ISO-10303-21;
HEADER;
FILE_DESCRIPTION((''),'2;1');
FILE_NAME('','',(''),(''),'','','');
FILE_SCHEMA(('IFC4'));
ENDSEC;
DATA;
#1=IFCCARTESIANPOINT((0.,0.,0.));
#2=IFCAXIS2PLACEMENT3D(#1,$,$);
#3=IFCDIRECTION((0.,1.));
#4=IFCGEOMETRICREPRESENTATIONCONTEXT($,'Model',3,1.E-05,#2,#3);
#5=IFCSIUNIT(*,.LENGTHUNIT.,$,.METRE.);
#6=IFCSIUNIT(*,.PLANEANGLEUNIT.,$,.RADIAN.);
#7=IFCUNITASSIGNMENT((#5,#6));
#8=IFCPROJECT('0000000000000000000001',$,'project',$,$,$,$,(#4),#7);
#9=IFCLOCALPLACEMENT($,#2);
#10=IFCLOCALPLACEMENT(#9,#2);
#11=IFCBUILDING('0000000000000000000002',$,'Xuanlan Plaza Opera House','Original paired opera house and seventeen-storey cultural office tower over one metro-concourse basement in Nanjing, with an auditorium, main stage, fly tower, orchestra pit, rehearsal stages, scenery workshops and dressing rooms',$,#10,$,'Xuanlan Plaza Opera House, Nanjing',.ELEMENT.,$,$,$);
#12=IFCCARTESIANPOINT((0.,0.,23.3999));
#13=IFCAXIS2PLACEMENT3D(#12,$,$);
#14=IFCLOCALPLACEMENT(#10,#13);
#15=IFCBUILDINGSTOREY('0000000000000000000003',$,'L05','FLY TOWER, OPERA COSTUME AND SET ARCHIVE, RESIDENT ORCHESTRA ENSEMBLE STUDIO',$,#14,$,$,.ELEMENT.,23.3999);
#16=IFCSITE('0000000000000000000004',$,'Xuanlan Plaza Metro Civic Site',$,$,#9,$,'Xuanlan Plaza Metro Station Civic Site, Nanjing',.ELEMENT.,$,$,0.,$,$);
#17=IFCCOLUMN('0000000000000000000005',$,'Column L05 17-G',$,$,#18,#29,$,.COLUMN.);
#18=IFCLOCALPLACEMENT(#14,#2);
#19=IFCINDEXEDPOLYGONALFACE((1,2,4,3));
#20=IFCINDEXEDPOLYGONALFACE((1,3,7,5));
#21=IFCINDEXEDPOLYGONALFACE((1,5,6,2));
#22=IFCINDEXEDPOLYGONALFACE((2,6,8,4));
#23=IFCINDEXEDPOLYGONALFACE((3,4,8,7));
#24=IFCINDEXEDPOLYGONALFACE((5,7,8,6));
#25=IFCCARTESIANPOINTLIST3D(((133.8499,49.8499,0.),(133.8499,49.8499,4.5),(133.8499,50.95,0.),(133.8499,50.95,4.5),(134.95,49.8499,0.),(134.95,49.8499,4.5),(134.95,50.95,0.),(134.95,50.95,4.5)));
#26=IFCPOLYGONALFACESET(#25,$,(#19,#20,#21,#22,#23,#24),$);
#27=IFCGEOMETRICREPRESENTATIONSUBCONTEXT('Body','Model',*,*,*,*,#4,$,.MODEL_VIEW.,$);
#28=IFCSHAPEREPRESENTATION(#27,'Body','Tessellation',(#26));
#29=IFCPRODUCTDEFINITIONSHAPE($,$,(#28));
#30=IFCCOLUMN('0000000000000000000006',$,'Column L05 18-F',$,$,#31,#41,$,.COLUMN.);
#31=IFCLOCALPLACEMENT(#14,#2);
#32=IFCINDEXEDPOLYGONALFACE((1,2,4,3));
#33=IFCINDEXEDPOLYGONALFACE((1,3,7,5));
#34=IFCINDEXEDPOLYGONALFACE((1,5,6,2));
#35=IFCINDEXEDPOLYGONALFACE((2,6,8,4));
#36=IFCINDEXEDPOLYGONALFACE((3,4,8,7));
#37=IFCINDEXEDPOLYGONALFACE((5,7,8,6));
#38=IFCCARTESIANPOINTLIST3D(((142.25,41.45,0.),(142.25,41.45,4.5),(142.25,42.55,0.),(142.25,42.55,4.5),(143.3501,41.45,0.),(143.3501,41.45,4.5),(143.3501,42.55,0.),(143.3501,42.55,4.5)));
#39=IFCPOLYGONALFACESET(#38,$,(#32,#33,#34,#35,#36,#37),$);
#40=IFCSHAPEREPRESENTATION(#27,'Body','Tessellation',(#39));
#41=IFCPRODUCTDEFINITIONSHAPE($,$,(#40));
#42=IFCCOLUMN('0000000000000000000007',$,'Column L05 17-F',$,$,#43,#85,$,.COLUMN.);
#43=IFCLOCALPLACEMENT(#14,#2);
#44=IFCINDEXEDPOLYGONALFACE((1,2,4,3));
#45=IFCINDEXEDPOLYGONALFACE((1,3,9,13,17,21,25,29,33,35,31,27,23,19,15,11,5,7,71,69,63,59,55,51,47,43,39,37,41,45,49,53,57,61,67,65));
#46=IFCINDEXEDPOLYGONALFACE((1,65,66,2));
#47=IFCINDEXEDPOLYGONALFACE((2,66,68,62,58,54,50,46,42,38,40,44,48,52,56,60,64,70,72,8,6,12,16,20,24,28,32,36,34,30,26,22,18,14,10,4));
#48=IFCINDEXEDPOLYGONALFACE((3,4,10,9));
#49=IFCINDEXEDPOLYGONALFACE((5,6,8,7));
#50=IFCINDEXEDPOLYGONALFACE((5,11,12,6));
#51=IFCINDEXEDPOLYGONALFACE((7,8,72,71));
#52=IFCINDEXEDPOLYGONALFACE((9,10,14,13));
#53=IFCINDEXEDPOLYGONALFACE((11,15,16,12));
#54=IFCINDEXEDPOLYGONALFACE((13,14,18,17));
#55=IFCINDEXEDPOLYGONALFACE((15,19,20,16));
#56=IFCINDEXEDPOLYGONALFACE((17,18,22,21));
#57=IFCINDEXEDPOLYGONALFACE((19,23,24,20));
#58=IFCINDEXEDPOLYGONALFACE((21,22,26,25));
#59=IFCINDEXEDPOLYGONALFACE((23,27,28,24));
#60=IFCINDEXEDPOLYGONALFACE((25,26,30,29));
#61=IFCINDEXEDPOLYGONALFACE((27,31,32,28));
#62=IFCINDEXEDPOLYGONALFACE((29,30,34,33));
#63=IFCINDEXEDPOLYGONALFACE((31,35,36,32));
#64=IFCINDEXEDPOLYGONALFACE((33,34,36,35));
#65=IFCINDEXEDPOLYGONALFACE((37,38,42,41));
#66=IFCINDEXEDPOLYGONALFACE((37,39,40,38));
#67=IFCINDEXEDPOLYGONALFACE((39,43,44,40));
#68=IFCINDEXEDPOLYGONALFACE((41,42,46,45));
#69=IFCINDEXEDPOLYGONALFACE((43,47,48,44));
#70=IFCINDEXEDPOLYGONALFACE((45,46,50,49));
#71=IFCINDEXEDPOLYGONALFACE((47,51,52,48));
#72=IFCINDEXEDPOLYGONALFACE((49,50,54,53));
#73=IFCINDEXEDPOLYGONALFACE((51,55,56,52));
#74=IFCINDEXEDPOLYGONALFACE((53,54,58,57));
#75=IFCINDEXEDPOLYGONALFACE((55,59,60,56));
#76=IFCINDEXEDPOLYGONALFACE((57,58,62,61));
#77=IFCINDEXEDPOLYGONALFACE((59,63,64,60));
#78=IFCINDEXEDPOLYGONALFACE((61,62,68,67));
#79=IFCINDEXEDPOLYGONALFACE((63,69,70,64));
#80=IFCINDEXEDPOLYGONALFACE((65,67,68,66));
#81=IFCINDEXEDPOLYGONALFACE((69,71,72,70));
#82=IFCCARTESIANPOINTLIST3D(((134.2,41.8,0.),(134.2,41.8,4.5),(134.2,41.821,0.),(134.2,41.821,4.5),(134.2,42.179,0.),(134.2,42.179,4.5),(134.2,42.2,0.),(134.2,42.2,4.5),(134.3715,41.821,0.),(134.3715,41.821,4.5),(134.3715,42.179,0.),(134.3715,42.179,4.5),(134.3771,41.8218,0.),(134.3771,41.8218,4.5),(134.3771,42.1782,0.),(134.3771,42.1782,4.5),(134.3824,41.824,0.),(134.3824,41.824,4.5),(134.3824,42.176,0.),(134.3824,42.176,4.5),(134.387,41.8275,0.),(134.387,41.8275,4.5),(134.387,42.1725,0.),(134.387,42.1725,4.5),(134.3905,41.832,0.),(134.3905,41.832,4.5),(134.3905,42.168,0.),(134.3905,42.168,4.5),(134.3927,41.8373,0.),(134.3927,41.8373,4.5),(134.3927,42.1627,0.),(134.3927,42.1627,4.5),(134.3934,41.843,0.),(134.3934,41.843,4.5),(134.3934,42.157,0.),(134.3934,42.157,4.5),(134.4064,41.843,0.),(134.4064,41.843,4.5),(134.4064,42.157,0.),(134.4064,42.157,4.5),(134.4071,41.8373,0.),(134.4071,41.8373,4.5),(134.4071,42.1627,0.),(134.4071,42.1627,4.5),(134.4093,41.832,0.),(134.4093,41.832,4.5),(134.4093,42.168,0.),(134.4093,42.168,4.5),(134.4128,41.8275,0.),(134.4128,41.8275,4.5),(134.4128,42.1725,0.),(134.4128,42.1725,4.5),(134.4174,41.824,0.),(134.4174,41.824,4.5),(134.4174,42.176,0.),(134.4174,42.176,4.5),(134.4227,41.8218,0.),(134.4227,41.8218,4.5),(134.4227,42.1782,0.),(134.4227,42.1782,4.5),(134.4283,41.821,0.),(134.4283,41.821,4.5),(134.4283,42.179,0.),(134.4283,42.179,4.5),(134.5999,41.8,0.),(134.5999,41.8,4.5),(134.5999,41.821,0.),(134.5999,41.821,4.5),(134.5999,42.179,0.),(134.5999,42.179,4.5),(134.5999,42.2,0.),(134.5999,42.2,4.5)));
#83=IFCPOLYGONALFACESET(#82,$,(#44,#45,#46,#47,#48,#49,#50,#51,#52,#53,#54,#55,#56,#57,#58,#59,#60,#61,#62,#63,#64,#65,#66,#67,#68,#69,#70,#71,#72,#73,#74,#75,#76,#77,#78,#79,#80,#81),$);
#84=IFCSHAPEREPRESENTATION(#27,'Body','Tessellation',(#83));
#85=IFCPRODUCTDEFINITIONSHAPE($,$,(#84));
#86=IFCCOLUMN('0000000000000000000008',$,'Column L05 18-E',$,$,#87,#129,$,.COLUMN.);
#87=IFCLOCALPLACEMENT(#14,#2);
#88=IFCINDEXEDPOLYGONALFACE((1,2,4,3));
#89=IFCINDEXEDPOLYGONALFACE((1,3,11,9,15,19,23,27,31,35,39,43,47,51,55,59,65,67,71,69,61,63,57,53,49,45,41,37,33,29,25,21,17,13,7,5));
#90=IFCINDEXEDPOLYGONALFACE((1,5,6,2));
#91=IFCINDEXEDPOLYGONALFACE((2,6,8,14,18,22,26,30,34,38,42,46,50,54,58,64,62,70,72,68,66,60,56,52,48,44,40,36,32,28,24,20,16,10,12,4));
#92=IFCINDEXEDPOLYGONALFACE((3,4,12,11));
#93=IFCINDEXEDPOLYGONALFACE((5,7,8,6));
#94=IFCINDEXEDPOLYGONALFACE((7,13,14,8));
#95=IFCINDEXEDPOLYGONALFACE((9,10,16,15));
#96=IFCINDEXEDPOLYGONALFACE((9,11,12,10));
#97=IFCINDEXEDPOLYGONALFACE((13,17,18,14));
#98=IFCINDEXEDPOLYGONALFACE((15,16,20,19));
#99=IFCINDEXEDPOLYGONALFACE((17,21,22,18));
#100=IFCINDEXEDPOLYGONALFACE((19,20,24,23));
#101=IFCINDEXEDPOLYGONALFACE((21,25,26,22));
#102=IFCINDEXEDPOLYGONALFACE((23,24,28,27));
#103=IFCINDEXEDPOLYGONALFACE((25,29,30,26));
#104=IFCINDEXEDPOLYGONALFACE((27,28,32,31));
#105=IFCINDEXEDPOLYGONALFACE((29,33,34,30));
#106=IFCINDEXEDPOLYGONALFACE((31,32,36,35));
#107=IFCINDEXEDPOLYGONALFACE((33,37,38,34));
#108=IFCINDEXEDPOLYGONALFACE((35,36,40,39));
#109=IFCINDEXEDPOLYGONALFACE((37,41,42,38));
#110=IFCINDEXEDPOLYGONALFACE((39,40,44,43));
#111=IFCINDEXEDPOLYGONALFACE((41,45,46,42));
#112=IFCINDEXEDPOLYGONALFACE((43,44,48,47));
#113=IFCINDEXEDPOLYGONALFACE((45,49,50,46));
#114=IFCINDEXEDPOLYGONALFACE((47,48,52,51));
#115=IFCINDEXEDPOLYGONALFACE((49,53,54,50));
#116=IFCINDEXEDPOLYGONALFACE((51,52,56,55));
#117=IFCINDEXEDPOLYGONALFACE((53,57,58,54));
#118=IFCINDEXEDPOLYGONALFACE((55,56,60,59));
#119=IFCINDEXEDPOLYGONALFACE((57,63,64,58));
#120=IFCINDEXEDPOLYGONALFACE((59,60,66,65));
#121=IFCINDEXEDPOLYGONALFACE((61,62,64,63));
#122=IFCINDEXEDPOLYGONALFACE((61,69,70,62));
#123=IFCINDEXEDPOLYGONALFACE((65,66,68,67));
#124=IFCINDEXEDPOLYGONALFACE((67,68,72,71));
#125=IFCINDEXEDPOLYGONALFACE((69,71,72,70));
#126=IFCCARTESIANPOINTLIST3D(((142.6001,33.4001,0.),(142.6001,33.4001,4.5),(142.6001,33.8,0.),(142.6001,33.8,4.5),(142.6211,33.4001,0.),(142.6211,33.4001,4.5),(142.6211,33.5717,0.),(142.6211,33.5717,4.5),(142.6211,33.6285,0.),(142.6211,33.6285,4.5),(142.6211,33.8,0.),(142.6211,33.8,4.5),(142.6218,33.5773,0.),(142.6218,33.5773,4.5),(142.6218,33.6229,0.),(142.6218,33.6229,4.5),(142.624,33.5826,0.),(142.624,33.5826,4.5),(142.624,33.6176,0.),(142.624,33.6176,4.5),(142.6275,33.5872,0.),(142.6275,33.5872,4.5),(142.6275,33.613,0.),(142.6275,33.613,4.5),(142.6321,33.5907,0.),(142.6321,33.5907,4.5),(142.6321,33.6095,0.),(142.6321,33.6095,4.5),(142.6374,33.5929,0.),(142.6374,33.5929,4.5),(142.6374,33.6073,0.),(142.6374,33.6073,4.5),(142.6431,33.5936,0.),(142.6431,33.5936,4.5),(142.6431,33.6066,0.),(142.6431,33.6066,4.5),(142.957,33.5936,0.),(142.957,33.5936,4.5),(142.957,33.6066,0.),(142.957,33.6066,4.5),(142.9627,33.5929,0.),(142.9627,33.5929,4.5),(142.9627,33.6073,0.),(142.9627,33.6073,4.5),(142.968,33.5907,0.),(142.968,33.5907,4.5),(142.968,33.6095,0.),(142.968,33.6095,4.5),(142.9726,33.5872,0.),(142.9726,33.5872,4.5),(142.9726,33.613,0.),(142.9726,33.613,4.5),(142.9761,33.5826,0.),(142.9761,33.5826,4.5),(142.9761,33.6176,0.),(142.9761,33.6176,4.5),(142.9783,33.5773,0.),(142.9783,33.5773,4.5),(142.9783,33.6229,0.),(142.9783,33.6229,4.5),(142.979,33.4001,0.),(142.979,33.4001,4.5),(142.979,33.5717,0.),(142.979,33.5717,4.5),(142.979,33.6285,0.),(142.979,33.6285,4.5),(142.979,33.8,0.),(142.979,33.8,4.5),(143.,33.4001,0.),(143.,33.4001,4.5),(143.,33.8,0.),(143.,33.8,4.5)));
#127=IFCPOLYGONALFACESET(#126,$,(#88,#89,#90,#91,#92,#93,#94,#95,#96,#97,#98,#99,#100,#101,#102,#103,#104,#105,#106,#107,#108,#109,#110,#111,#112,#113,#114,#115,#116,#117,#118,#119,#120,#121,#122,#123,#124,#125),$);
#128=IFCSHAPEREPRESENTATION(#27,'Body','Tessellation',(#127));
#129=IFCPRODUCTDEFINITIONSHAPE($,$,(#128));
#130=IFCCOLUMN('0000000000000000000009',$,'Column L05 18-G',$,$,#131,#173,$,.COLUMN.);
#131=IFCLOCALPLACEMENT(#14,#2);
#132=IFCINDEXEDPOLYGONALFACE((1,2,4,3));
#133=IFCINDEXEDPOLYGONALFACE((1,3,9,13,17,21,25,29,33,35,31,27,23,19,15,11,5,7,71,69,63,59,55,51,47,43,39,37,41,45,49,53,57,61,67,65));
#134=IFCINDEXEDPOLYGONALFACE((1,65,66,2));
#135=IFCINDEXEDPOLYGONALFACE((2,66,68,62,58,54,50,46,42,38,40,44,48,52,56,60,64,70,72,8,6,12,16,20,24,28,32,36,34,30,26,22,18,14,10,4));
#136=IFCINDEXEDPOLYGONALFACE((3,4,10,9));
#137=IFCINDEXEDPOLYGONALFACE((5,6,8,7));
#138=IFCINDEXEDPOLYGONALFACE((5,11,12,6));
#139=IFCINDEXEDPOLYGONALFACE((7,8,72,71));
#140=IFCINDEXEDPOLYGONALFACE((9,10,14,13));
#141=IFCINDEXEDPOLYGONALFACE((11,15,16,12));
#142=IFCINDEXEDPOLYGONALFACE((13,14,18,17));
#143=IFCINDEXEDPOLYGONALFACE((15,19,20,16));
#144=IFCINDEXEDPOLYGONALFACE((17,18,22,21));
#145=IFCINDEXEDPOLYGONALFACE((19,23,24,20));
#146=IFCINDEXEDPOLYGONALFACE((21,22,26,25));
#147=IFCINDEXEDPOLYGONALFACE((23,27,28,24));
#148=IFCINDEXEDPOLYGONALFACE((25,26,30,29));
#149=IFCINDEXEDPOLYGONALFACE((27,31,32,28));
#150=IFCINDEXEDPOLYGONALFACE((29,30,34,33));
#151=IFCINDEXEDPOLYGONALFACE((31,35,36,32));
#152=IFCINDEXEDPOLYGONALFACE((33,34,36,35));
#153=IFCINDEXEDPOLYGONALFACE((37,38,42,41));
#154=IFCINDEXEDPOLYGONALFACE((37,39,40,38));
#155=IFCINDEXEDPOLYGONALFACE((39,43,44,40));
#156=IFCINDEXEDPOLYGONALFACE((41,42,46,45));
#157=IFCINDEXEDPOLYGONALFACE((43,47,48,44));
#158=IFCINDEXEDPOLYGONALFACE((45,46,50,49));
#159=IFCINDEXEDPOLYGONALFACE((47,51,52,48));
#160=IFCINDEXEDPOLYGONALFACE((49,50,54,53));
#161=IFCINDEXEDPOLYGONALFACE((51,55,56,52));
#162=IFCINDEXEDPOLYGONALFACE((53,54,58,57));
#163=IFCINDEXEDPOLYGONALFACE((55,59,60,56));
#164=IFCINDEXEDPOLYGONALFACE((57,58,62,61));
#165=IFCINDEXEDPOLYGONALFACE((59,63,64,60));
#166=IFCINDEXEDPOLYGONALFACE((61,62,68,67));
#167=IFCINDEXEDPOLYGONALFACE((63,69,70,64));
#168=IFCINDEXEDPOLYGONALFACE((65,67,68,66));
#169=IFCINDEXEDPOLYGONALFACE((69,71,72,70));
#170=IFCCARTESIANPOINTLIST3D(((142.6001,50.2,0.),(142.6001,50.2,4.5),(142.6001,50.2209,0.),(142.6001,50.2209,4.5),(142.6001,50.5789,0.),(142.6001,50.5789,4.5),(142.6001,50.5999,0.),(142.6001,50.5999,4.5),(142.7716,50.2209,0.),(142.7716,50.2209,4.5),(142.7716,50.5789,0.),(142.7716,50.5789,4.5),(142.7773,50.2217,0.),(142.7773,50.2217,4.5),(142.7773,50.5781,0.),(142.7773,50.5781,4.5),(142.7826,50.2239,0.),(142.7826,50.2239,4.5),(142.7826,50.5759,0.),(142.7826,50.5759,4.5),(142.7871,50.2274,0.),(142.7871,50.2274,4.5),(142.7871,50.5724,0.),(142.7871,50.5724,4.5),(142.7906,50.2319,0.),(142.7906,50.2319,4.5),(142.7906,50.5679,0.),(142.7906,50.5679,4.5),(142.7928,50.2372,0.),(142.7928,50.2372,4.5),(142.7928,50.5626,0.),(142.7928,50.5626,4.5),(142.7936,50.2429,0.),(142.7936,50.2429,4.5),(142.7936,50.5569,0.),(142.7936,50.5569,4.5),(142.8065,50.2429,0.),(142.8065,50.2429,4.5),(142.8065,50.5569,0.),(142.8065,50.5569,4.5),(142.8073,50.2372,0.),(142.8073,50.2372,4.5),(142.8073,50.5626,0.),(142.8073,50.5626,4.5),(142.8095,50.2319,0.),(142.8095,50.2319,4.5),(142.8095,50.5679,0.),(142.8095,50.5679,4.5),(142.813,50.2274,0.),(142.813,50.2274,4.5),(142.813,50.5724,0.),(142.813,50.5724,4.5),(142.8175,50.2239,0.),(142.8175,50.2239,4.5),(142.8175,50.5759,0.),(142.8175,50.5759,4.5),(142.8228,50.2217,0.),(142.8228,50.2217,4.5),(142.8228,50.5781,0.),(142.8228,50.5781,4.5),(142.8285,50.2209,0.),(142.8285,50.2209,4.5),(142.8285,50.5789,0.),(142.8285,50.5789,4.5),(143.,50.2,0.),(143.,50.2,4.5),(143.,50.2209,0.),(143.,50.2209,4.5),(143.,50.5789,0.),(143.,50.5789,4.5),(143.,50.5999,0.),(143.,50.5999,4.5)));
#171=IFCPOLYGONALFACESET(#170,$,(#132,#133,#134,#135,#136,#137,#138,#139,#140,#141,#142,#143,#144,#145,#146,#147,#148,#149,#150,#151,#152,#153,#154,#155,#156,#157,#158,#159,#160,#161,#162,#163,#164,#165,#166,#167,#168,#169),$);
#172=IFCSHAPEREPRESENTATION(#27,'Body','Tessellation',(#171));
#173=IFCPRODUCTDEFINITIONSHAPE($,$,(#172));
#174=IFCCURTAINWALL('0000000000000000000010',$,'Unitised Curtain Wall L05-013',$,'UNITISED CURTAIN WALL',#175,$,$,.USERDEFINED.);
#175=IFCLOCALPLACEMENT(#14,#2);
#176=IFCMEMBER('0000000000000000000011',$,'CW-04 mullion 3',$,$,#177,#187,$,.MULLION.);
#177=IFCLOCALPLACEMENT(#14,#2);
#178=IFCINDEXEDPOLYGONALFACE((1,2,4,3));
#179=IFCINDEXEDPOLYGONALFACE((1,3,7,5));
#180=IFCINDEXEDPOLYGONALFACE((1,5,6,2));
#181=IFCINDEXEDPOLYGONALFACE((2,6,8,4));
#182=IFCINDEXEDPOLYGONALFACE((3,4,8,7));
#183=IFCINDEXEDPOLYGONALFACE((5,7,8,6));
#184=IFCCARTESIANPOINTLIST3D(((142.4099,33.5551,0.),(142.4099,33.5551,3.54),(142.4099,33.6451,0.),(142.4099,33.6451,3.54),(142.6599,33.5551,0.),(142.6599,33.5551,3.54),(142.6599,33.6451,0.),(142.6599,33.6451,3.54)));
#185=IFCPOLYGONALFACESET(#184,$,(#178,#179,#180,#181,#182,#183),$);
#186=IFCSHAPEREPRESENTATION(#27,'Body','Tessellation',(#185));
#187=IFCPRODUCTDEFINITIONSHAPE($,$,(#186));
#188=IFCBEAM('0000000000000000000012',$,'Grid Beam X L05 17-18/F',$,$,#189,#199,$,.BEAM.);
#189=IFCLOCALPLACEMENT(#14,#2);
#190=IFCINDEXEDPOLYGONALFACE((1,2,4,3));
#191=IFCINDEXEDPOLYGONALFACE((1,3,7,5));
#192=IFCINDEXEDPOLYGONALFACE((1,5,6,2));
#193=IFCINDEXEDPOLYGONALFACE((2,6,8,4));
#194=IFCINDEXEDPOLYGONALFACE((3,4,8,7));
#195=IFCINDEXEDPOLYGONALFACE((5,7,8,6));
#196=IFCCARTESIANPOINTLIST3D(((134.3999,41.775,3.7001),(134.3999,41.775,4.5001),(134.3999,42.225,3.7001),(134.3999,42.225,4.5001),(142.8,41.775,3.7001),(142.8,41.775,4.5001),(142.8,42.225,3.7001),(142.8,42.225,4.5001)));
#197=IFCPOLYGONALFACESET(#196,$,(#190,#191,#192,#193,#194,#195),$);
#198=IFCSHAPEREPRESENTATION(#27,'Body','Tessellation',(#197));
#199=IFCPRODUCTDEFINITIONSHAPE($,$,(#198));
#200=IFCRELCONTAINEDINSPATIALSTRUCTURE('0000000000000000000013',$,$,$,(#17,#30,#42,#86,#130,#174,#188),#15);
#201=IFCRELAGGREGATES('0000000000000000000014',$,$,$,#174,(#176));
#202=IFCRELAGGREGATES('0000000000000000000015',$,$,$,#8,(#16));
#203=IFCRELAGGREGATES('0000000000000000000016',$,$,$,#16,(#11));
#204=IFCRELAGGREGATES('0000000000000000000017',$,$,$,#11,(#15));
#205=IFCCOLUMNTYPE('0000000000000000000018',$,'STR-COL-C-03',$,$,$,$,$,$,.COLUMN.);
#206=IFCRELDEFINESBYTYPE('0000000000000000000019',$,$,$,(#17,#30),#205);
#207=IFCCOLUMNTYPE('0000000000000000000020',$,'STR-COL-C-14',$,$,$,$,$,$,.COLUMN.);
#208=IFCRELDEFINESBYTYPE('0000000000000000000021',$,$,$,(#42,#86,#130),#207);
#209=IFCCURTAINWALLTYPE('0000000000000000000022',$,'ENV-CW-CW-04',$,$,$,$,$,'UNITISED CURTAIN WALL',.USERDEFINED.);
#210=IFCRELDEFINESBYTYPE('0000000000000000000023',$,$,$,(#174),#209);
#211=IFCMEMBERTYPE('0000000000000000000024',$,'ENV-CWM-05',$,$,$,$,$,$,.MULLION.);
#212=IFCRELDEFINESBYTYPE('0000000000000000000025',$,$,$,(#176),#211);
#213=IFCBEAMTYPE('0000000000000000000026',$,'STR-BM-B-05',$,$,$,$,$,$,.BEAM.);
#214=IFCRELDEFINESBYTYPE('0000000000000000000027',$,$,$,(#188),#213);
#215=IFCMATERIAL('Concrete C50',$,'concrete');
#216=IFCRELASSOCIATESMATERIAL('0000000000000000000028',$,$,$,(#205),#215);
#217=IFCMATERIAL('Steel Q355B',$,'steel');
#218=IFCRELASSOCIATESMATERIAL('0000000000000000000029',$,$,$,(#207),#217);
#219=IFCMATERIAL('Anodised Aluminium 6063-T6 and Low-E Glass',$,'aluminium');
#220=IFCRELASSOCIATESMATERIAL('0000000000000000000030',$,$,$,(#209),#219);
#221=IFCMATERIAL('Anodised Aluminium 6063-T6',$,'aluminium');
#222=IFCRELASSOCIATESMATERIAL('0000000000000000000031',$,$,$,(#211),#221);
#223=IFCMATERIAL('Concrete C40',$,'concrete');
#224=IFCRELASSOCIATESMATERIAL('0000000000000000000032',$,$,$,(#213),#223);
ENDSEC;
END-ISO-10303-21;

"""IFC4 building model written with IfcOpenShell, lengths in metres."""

from ifc_helpers import new_model, si_unit, direction, frame, origin, origin_2d, place, context, subcontext, project, spatial, rectangle, i_section, extrude, material, material_profile, profile_set, type_object, element, aggregate, save


model = new_model("IFC4")

# Units and contexts
model_context = context("Model", 3, precision=1e-05, world=origin(), true_north=direction((0.0, 1.0)))
body_context = subcontext(model_context, "Body", "Model", "MODEL_VIEW")
ifc_project = project(units=[si_unit("LENGTHUNIT", "METRE"), si_unit("PLANEANGLEUNIT", "RADIAN")], contexts=[model_context])

# Site, building, storey
site_placement = place(None, origin())
site = spatial("IfcSite", under=ifc_project, at=site_placement, Name="Xuanlan Plaza Metro Civic Site", LongName="Xuanlan Plaza Metro Station Civic Site, Nanjing", CompositionType="ELEMENT", RefElevation=0.0)
building_placement = place(site_placement, origin())
building = spatial("IfcBuilding", under=site, at=building_placement, Name="Xuanlan Plaza Opera House", Description="Original paired opera house and seventeen-storey cultural office tower over one metro-concourse basement in Nanjing, with an auditorium, main stage, fly tower, orchestra pit, rehearsal stages, scenery workshops and dressing rooms", LongName="Xuanlan Plaza Opera House, Nanjing", CompositionType="ELEMENT")
storey_placement = place(building_placement, frame((0.0, 0.0, 23.3999)))
storey = spatial("IfcBuildingStorey", under=building, at=storey_placement, Name="L05", Description="FLY TOWER, OPERA COSTUME AND SET ARCHIVE, RESIDENT ORCHESTRA ENSEMBLE STUDIO", CompositionType="ELEMENT", Elevation=23.3999)

# Columns
ifc_material_1 = material(Name="Concrete C50", Category="concrete")
ifc_material_profile_1 = material_profile(ifc_material_1, rectangle(XDim=1.1001, YDim=1.1001, at=origin_2d()), Name="RC-COL 1100x1100")
ifc_profile_set_1 = profile_set([ifc_material_profile_1], Name="Concrete C50")
column_type_1 = type_object("IfcColumnType", Name="STR-COL-C-03", PredefinedType="COLUMN", material=ifc_profile_set_1)
for number, where, z_axis, x_axis, name in (
    (1, (134.3999, 50.3999, 0.0), (0.0, 0.0, 1.0), (1.0, 0.0, 0.0), "Column L05 17-G"),
    (2, (142.8, 42.0, 0.0), (0.0, 0.0, 1.0), (1.0, 0.0, 0.0), "Column L05 18-F"),
):
    element("IfcColumn", number, at=place(storey_placement, frame(where, z_axis=z_axis, x_axis=x_axis)), inside=storey, type_object=column_type_1, Name=name, PredefinedType="COLUMN", context=body_context, shape_type="SweptSolid", body=[
        extrude(rectangle(XDim=1.1001, YDim=1.1001, at=origin_2d()), origin(), (0.0, 0.0, 1.0), 4.5),
    ])
ifc_material_2 = material(Name="Steel Q355B", Category="steel")
ifc_material_profile_2 = material_profile(ifc_material_2, i_section(OverallWidth=0.3999, OverallDepth=0.3999, WebThickness=0.0129, FlangeThickness=0.021, FilletRadius=0.022, at=origin_2d()), Name="HW 400x400x13x21")
ifc_profile_set_2 = profile_set([ifc_material_profile_2], Name="Steel Q355B")
column_type_2 = type_object("IfcColumnType", Name="STR-COL-C-14", PredefinedType="COLUMN", material=ifc_profile_set_2)
for number, where, z_axis, x_axis, name in (
    (3, (134.3999, 42.0, 0.0), (0.0, 0.0, 1.0), (1.0, 0.0, 0.0), "Column L05 17-F"),
    (4, (142.8, 33.6001, 0.0), (0.0, 0.0, 1.0), (0.0, 1.0, 0.0), "Column L05 18-E"),
    (5, (142.8, 50.3999, 0.0), (0.0, 0.0, 1.0), (1.0, 0.0, 0.0), "Column L05 18-G"),
):
    element("IfcColumn", number, at=place(storey_placement, frame(where, z_axis=z_axis, x_axis=x_axis)), inside=storey, type_object=column_type_2, Name=name, PredefinedType="COLUMN", context=body_context, shape_type="SweptSolid", body=[
        extrude(i_section(OverallWidth=0.3999, OverallDepth=0.3999, WebThickness=0.0129, FlangeThickness=0.021, FilletRadius=0.022, at=origin_2d()), origin(), (0.0, 0.0, 1.0), 4.5),
    ])

# Curtain wall, member
ifc_material_3 = material(Name="Anodised Aluminium 6063-T6 and Low-E Glass", Category="aluminium")
curtain_wall_type = type_object("IfcCurtainWallType", Name="ENV-CW-CW-04", ElementType="UNITISED CURTAIN WALL", PredefinedType="USERDEFINED", material=ifc_material_3)
curtain_wall_placement = place(storey_placement, origin())
curtain_wall = element("IfcCurtainWall", 6, at=curtain_wall_placement, inside=storey, type_object=curtain_wall_type, Name="Unitised Curtain Wall L05-013", ObjectType="UNITISED CURTAIN WALL", PredefinedType="USERDEFINED")
ifc_material_4 = material(Name="Anodised Aluminium 6063-T6", Category="aluminium")
ifc_material_profile_3 = material_profile(ifc_material_4, rectangle(XDim=0.0901, YDim=0.25, at=origin_2d()), Name="ALU-M 90x250")
ifc_profile_set_3 = profile_set([ifc_material_profile_3], Name="Anodised Aluminium 6063-T6")
member_type = type_object("IfcMemberType", Name="ENV-CWM-05", PredefinedType="MULLION", material=ifc_profile_set_3)
member_placement = place(storey_placement, frame((142.5349, 33.6001, 0.0), z_axis=(0.0, 0.0, 1.0), x_axis=(0.0, 1.0, 0.0)))
member = element("IfcMember", 7, at=member_placement, type_object=member_type, Name="CW-04 mullion 3", PredefinedType="MULLION", context=body_context, shape_type="SweptSolid", body=[
    extrude(rectangle(XDim=0.0901, YDim=0.25, at=origin_2d()), origin(), (0.0, 0.0, 1.0), 3.54),
])

# Beam
ifc_material_5 = material(Name="Concrete C40", Category="concrete")
ifc_material_profile_4 = material_profile(ifc_material_5, rectangle(XDim=0.45, YDim=0.8, at=origin_2d()), Name="RC-BM 450x800")
ifc_profile_set_4 = profile_set([ifc_material_profile_4], Name="Concrete C40")
beam_type_1 = type_object("IfcBeamType", Name="STR-BM-B-05", PredefinedType="BEAM", material=ifc_profile_set_4)
beam_1_placement = place(storey_placement, frame((134.3999, 42.0, 4.1001), z_axis=(1.0, 0.0, 0.0), x_axis=(0.0, 1.0, 0.0)))
element("IfcBeam", 8, at=beam_1_placement, inside=storey, type_object=beam_type_1, Name="Grid Beam X L05 17-18/F", PredefinedType="BEAM", context=body_context, shape_type="SweptSolid", body=[
    extrude(rectangle(XDim=0.45, YDim=0.8, at=origin_2d()), origin(), (0.0, 0.0, 1.0), 8.4001),
])

aggregate(curtain_wall, [member])

save(model, "model.ifc")
